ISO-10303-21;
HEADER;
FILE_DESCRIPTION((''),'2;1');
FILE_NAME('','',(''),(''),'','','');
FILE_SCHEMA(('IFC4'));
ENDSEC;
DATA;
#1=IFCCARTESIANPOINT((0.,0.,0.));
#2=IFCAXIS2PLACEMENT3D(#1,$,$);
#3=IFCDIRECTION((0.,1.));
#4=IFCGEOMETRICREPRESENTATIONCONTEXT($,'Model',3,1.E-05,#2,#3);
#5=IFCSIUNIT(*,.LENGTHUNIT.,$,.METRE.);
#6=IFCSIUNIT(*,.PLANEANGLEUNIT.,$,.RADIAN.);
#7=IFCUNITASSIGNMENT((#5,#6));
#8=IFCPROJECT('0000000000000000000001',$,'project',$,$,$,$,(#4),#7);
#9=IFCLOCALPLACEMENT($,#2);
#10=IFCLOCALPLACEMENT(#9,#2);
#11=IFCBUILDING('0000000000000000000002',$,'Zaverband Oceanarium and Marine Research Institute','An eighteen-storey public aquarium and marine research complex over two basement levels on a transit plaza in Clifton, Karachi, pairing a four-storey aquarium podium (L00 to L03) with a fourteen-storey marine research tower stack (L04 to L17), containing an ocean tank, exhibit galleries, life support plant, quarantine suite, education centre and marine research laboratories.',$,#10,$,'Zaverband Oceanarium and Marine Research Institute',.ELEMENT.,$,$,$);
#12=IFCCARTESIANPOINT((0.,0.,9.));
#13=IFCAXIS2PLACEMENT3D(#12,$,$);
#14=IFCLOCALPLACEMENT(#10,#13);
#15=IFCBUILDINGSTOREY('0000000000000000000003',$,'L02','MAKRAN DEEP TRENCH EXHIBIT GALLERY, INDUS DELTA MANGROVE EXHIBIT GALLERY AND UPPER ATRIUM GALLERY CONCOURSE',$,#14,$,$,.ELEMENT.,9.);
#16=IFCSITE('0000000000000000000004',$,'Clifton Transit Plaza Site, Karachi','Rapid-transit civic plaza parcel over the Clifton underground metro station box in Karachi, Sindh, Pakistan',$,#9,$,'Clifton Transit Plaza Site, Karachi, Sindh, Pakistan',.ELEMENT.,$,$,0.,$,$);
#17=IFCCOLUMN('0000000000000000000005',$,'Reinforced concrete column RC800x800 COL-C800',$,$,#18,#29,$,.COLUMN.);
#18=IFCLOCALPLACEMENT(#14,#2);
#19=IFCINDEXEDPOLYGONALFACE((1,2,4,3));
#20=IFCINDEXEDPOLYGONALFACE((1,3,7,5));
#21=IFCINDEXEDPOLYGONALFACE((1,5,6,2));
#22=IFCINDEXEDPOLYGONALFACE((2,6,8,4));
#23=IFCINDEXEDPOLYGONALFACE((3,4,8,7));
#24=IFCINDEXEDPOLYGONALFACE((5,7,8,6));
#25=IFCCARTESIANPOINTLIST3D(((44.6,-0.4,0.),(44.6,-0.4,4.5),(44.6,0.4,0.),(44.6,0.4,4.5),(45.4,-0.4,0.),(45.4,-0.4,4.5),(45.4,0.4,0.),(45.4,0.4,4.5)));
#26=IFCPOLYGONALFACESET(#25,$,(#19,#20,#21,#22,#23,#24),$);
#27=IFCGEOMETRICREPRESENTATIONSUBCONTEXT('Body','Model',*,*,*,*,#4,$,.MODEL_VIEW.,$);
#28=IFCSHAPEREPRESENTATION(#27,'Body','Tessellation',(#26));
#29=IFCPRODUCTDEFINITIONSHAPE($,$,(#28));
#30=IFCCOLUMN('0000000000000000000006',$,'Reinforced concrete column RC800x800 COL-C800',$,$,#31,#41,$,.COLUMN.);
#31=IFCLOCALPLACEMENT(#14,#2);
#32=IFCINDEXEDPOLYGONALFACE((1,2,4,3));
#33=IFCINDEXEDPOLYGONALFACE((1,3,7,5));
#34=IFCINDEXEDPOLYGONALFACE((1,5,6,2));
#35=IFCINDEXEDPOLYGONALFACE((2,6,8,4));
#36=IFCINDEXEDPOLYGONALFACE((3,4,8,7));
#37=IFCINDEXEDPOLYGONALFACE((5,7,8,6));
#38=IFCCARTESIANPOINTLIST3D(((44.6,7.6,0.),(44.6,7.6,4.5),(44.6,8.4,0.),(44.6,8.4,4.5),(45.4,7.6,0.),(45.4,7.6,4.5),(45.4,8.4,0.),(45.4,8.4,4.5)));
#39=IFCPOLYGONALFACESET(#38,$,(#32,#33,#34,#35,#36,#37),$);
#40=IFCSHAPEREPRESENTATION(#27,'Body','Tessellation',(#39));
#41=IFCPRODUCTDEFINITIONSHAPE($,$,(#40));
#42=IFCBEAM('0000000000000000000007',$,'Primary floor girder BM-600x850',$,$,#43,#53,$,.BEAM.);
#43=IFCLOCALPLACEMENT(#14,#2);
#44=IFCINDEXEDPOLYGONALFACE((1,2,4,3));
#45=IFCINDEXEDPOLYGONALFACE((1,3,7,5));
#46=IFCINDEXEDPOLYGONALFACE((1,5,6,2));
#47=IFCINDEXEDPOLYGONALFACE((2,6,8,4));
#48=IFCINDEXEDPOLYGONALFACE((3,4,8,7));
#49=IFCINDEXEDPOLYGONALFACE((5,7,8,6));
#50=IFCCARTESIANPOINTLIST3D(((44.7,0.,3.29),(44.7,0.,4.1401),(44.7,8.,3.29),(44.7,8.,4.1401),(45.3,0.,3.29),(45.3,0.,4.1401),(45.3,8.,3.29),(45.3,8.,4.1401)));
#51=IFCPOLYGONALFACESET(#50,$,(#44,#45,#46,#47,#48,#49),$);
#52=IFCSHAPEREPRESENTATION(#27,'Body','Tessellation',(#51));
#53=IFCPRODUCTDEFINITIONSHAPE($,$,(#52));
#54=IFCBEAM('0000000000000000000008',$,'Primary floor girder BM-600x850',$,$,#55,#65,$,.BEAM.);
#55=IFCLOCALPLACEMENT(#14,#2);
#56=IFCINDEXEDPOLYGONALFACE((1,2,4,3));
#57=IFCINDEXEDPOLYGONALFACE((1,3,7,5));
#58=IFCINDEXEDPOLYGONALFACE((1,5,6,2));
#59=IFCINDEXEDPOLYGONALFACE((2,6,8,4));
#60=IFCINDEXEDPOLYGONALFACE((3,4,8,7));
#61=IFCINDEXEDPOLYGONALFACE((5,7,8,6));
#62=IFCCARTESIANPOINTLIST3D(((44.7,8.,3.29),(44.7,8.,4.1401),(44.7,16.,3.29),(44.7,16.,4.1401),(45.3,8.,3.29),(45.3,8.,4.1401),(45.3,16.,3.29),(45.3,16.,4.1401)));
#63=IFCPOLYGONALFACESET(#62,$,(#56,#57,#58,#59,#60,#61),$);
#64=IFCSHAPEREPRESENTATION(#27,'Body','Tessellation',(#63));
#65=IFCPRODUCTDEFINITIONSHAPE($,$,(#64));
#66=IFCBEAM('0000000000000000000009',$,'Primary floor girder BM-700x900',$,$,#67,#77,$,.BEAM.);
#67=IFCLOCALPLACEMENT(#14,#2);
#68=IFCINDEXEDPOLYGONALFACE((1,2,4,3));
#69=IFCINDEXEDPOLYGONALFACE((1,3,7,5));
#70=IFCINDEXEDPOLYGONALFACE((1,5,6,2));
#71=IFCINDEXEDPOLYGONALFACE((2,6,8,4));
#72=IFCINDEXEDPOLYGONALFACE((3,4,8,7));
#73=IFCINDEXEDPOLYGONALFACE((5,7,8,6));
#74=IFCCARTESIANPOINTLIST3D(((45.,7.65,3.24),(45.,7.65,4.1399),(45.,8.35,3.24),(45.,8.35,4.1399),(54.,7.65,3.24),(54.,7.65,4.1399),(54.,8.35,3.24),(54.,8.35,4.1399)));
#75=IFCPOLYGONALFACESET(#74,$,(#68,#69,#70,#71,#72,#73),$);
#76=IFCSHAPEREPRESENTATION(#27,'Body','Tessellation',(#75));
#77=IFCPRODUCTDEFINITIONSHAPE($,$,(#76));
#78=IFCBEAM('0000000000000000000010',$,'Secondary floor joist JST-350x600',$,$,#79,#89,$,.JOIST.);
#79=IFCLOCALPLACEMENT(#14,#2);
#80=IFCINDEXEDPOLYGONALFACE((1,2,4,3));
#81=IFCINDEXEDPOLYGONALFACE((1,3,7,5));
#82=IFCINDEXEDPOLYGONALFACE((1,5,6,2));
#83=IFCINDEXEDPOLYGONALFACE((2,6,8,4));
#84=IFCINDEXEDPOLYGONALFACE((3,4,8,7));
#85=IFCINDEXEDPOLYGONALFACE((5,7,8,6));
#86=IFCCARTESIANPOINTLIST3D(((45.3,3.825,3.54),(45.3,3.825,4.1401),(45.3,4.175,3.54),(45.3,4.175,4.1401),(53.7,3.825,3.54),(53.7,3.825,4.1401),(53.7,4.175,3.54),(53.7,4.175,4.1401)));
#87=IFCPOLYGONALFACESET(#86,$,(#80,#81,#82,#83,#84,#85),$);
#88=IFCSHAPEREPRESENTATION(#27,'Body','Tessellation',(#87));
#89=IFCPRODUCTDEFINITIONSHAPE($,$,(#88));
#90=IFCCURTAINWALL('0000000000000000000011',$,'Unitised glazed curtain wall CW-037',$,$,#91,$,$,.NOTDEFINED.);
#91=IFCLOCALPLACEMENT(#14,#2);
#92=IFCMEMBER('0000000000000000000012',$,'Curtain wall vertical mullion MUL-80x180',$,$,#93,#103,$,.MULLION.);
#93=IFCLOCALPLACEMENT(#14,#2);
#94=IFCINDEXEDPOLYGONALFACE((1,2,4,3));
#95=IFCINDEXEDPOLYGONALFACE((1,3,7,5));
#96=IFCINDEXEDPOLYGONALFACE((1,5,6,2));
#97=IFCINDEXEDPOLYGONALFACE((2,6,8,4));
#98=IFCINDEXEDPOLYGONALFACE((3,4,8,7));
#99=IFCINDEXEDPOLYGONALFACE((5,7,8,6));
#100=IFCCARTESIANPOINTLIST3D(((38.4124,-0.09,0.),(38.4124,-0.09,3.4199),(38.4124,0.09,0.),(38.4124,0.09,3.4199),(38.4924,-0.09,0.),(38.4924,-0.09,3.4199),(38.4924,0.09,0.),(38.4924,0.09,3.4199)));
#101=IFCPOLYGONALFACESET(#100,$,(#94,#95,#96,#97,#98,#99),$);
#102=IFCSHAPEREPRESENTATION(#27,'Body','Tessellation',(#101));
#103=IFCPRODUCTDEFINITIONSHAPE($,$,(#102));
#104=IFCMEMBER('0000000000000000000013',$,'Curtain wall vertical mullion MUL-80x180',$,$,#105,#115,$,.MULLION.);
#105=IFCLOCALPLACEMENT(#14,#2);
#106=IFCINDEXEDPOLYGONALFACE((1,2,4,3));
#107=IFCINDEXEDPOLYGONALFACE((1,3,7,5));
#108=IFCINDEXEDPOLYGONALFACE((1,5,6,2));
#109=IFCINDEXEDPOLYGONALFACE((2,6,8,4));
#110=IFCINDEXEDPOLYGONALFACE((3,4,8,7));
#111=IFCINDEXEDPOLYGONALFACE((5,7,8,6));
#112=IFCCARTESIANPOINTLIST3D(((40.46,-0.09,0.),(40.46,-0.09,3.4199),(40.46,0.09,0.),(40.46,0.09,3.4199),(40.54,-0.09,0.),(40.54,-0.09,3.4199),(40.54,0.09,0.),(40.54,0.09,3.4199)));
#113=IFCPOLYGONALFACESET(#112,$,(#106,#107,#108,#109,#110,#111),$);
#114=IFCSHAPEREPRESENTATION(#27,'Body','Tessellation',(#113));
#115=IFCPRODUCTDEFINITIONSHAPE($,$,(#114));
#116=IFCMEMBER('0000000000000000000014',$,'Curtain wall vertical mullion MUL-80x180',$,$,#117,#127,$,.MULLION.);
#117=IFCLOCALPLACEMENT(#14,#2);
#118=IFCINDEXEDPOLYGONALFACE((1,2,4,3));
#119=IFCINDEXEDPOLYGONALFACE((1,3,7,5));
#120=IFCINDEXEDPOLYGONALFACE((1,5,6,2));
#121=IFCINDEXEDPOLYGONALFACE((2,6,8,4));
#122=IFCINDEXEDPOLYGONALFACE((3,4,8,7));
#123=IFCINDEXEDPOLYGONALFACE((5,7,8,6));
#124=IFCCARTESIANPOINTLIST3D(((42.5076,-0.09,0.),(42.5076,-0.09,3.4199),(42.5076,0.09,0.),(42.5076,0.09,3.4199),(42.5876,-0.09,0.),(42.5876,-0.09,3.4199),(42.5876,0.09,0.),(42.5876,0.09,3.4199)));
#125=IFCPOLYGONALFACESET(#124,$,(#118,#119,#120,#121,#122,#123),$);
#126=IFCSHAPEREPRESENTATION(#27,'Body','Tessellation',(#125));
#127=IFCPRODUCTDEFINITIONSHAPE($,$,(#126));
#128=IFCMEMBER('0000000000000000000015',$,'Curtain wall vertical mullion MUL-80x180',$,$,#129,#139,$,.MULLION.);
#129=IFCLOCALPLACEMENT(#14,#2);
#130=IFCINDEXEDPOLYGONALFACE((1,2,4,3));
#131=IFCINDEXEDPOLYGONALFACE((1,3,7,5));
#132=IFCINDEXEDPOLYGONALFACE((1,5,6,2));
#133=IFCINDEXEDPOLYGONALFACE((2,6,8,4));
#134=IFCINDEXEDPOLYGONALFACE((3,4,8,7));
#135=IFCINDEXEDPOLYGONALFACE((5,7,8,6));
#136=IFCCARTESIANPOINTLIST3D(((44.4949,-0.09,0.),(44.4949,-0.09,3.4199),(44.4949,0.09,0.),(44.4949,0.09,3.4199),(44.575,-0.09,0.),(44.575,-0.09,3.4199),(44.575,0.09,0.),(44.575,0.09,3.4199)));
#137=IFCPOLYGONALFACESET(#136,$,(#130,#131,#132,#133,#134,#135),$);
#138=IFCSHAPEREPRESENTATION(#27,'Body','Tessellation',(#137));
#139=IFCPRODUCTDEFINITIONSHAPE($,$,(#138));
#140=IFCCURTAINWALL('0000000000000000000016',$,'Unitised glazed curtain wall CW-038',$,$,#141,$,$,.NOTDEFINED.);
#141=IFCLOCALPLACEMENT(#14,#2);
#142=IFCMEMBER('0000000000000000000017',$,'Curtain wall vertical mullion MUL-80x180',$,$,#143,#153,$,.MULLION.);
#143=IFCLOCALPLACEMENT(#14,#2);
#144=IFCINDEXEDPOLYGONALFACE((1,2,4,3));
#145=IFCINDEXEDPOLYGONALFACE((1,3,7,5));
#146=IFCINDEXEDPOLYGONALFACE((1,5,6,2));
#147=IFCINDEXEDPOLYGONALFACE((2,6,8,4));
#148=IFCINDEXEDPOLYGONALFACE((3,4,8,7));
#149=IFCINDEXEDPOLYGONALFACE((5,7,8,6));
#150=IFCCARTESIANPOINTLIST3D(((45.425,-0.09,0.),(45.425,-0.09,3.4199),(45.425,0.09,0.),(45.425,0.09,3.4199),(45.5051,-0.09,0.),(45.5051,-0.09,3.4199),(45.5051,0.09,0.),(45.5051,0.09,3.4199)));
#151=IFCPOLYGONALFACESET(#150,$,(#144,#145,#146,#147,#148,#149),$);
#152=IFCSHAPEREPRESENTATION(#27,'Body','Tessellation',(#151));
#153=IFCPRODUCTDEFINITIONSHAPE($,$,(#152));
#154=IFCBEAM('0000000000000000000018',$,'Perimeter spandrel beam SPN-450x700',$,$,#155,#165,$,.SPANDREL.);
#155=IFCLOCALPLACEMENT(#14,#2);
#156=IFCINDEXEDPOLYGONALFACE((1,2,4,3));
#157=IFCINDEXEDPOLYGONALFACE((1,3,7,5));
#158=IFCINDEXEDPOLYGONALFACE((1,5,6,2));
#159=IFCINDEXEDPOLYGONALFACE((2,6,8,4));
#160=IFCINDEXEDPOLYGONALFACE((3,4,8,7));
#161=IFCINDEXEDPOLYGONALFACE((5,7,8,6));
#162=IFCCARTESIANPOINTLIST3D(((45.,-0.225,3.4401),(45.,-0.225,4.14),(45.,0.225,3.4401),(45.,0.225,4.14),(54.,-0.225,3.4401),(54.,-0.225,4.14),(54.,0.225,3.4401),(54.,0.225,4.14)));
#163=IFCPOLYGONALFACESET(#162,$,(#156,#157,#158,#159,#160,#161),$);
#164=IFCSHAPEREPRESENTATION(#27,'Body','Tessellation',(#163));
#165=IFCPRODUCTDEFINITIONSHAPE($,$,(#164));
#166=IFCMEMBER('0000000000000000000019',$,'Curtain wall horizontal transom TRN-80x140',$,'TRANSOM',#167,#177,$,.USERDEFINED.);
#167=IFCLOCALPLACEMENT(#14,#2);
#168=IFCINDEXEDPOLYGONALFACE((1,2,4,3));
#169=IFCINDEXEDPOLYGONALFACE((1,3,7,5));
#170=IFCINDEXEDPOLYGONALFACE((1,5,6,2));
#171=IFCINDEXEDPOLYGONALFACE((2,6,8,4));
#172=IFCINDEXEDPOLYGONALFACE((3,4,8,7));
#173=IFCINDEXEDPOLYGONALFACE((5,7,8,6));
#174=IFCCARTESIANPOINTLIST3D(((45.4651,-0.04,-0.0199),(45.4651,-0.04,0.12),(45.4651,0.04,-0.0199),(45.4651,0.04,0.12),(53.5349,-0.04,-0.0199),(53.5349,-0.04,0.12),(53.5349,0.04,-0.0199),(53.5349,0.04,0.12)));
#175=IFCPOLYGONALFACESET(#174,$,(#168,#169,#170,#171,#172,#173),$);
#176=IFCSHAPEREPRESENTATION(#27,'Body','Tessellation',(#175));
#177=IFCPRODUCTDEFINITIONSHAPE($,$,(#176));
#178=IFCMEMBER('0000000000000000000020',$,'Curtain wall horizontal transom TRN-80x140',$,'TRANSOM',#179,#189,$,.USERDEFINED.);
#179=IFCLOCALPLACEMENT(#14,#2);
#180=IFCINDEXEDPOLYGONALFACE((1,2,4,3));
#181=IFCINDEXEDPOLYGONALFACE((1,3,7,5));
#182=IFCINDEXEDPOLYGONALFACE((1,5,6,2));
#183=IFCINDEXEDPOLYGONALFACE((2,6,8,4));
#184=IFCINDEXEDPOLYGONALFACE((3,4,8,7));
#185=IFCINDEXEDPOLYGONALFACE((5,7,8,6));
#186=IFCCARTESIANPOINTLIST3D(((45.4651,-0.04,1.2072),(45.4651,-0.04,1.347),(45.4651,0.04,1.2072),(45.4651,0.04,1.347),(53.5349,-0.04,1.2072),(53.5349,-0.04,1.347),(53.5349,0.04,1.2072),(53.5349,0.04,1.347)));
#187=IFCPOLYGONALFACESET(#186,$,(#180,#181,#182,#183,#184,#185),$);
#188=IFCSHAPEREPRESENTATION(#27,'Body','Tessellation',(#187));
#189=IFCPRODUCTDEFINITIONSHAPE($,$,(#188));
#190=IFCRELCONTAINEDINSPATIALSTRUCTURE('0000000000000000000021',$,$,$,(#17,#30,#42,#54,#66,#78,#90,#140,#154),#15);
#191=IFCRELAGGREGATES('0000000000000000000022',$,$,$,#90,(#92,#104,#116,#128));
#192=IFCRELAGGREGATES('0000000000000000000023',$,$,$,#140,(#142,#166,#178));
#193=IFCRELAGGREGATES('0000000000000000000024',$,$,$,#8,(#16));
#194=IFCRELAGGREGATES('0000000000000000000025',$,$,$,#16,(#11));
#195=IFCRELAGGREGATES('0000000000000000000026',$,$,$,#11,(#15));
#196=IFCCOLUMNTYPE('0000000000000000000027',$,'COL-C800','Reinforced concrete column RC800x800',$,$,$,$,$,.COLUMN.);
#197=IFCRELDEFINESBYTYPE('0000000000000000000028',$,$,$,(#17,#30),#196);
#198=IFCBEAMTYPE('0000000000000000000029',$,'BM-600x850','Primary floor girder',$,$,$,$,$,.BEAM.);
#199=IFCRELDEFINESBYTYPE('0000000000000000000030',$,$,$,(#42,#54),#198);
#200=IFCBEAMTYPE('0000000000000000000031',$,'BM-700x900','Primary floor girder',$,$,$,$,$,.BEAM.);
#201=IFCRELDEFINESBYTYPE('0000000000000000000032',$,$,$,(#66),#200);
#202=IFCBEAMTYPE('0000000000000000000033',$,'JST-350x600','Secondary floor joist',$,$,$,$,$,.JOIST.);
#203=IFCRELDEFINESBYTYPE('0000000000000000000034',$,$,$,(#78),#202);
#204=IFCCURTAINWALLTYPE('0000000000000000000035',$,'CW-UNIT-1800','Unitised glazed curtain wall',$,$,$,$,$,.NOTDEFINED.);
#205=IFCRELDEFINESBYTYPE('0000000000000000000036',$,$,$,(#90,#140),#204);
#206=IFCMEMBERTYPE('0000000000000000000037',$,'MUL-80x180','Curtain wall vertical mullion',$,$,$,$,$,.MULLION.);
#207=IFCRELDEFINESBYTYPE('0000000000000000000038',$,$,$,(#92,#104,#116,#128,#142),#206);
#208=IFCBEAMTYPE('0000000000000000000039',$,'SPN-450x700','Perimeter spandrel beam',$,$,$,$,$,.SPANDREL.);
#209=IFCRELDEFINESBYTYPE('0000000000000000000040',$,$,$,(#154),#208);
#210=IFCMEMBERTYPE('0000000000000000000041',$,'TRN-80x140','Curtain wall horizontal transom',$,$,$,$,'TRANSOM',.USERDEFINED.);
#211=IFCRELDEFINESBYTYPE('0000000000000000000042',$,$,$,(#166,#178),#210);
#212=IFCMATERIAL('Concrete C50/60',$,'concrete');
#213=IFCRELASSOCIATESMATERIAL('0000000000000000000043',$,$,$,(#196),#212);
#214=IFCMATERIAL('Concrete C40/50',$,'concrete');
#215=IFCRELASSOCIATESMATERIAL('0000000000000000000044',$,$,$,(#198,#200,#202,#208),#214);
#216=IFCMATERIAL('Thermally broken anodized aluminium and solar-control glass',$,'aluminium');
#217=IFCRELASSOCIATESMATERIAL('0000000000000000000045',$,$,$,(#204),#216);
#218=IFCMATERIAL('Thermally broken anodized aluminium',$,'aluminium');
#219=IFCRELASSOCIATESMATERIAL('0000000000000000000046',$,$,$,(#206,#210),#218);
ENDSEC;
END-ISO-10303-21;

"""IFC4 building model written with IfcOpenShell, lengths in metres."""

from ifc_helpers import new_model, si_unit, direction, frame, origin, origin_2d, place, context, subcontext, project, spatial, rectangle, extrude, material, material_profile, profile_set, type_object, element, aggregate, save


model = new_model("IFC4")

# Units and contexts
model_context = context("Model", 3, precision=1e-05, world=origin(), true_north=direction((0.0, 1.0)))
body_context = subcontext(model_context, "Body", "Model", "MODEL_VIEW")
ifc_project = project(units=[si_unit("LENGTHUNIT", "METRE"), si_unit("PLANEANGLEUNIT", "RADIAN")], contexts=[model_context])

# Site, building, storey
site_placement = place(None, origin())
site = spatial("IfcSite", under=ifc_project, at=site_placement, Name="Clifton Transit Plaza Site, Karachi", Description="Rapid-transit civic plaza parcel over the Clifton underground metro station box in Karachi, Sindh, Pakistan", LongName="Clifton Transit Plaza Site, Karachi, Sindh, Pakistan", CompositionType="ELEMENT", RefElevation=0.0)
building_placement = place(site_placement, origin())
building = spatial("IfcBuilding", under=site, at=building_placement, Name="Zaverband Oceanarium and Marine Research Institute", Description="An eighteen-storey public aquarium and marine research complex over two basement levels on a transit plaza in Clifton, Karachi, pairing a four-storey aquarium podium (L00 to L03) with a fourteen-storey marine research tower stack (L04 to L17), containing an ocean tank, exhibit galleries, life support plant, quarantine suite, education centre and marine research laboratories.", LongName="Zaverband Oceanarium and Marine Research Institute", CompositionType="ELEMENT")
storey_placement = place(building_placement, frame((0.0, 0.0, 9.0)))
storey = spatial("IfcBuildingStorey", under=building, at=storey_placement, Name="L02", Description="MAKRAN DEEP TRENCH EXHIBIT GALLERY, INDUS DELTA MANGROVE EXHIBIT GALLERY AND UPPER ATRIUM GALLERY CONCOURSE", CompositionType="ELEMENT", Elevation=9.0)

# Columns
ifc_material_1 = material(Name="Concrete C50/60", Category="concrete")
ifc_material_profile_1 = material_profile(ifc_material_1, rectangle(XDim=0.8, YDim=0.8, at=origin_2d()), Name="RC800x800")
ifc_profile_set_1 = profile_set([ifc_material_profile_1], Name="Concrete C50/60")
column_type = type_object("IfcColumnType", Name="COL-C800", Description="Reinforced concrete column RC800x800", PredefinedType="COLUMN", material=ifc_profile_set_1)
for number, where, z_axis, x_axis, name in (
    (1, (45.0, 0.0, 0.0), (0.0, 0.0, 1.0), (1.0, 0.0, 0.0), "Reinforced concrete column RC800x800 COL-C800"),
    (2, (45.0, 8.0, 0.0), (0.0, 0.0, 1.0), (1.0, 0.0, 0.0), "Reinforced concrete column RC800x800 COL-C800"),
):
    element("IfcColumn", number, at=place(storey_placement, frame(where, z_axis=z_axis, x_axis=x_axis)), inside=storey, type_object=column_type, Name=name, PredefinedType="COLUMN", context=body_context, shape_type="SweptSolid", body=[
        extrude(rectangle(XDim=0.8, YDim=0.8, at=origin_2d()), origin(), (0.0, 0.0, 1.0), 4.5),
    ])

# Beams
ifc_material_2 = material(Name="Concrete C40/50", Category="concrete")
ifc_material_profile_2 = material_profile(ifc_material_2, rectangle(XDim=0.6001, YDim=0.8501, at=origin_2d()), Name="RC600x850")
ifc_profile_set_2 = profile_set([ifc_material_profile_2], Name="Concrete C40/50")
beam_type_1 = type_object("IfcBeamType", Name="BM-600x850", Description="Primary floor girder", PredefinedType="BEAM", material=ifc_profile_set_2)
for number, where, z_axis, x_axis, name in (
    (3, (45.0, 0.0, 3.7151), (0.0, 1.0, 0.0), (-1.0, 0.0, 0.0), "Primary floor girder BM-600x850"),
    (4, (45.0, 8.0, 3.7151), (0.0, 1.0, 0.0), (-1.0, 0.0, 0.0), "Primary floor girder BM-600x850"),
):
    element("IfcBeam", number, at=place(storey_placement, frame(where, z_axis=z_axis, x_axis=x_axis)), inside=storey, type_object=beam_type_1, Name=name, PredefinedType="BEAM", context=body_context, shape_type="SweptSolid", body=[
        extrude(rectangle(XDim=0.6001, YDim=0.8501, at=origin_2d()), origin(), (0.0, 0.0, 1.0), 8.0),
    ])
ifc_material_profile_3 = material_profile(ifc_material_2, rectangle(XDim=0.7, YDim=0.8999, at=origin_2d()), Name="RC700x900")
ifc_profile_set_3 = profile_set([ifc_material_profile_3], Name="Concrete C40/50")
beam_type_2 = type_object("IfcBeamType", Name="BM-700x900", Description="Primary floor girder", PredefinedType="BEAM", material=ifc_profile_set_3)
beam_1_placement = place(storey_placement, frame((45.0, 8.0, 3.6899), z_axis=(1.0, 0.0, 0.0), x_axis=(0.0, 1.0, 0.0)))
element("IfcBeam", 5, at=beam_1_placement, inside=storey, type_object=beam_type_2, Name="Primary floor girder BM-700x900", PredefinedType="BEAM", context=body_context, shape_type="SweptSolid", body=[
    extrude(rectangle(XDim=0.7, YDim=0.8999, at=origin_2d()), origin(), (0.0, 0.0, 1.0), 9.0),
])
ifc_material_profile_4 = material_profile(ifc_material_2, rectangle(XDim=0.3501, YDim=0.6001, at=origin_2d()), Name="RC350x600")
ifc_profile_set_4 = profile_set([ifc_material_profile_4], Name="Concrete C40/50")
beam_type_3 = type_object("IfcBeamType", Name="JST-350x600", Description="Secondary floor joist", PredefinedType="JOIST", material=ifc_profile_set_4)
beam_2_placement = place(storey_placement, frame((45.3, 4.0, 3.8401), z_axis=(1.0, 0.0, 0.0), x_axis=(0.0, 1.0, 0.0)))
element("IfcBeam", 6, at=beam_2_placement, inside=storey, type_object=beam_type_3, Name="Secondary floor joist JST-350x600", PredefinedType="JOIST", context=body_context, shape_type="SweptSolid", body=[
    extrude(rectangle(XDim=0.3501, YDim=0.6001, at=origin_2d()), origin(), (0.0, 0.0, 1.0), 8.3999),
])

# Curtain wall, members
ifc_material_3 = material(Name="Thermally broken anodized aluminium and solar-control glass", Category="aluminium")
curtain_wall_type = type_object("IfcCurtainWallType", Name="CW-UNIT-1800", Description="Unitised glazed curtain wall", PredefinedType="NOTDEFINED", material=ifc_material_3)
curtain_wall_1_placement = place(storey_placement, origin())
curtain_wall_1 = element("IfcCurtainWall", 7, at=curtain_wall_1_placement, inside=storey, type_object=curtain_wall_type, Name="Unitised glazed curtain wall CW-037", PredefinedType="NOTDEFINED")
ifc_material_4 = material(Name="Thermally broken anodized aluminium", Category="aluminium")
ifc_material_profile_5 = material_profile(ifc_material_4, rectangle(XDim=0.0801, YDim=0.1799, at=origin_2d()), Name="AL-MUL-80x180")
ifc_profile_set_5 = profile_set([ifc_material_profile_5], Name="Thermally broken anodized aluminium")
member_type_1 = type_object("IfcMemberType", Name="MUL-80x180", Description="Curtain wall vertical mullion", PredefinedType="MULLION", material=ifc_profile_set_5)
member_1_placement = place(storey_placement, frame((38.4524, 0.0, 0.0), z_axis=(0.0, 0.0, 1.0), x_axis=(1.0, 0.0, 0.0)))
member_1 = element("IfcMember", 8, at=member_1_placement, type_object=member_type_1, Name="Curtain wall vertical mullion MUL-80x180", PredefinedType="MULLION", context=body_context, shape_type="SweptSolid", body=[
    extrude(rectangle(XDim=0.0801, YDim=0.1799, at=origin_2d()), origin(), (0.0, 0.0, 1.0), 3.4199),
])
member_2_placement = place(storey_placement, frame((40.5, 0.0, 0.0), z_axis=(0.0, 0.0, 1.0), x_axis=(1.0, 0.0, 0.0)))
member_2 = element("IfcMember", 9, at=member_2_placement, type_object=member_type_1, Name="Curtain wall vertical mullion MUL-80x180", PredefinedType="MULLION", context=body_context, shape_type="SweptSolid", body=[
    extrude(rectangle(XDim=0.0801, YDim=0.1799, at=origin_2d()), origin(), (0.0, 0.0, 1.0), 3.4199),
])
member_3_placement = place(storey_placement, frame((42.5476, 0.0, 0.0), z_axis=(0.0, 0.0, 1.0), x_axis=(1.0, 0.0, 0.0)))
member_3 = element("IfcMember", 10, at=member_3_placement, type_object=member_type_1, Name="Curtain wall vertical mullion MUL-80x180", PredefinedType="MULLION", context=body_context, shape_type="SweptSolid", body=[
    extrude(rectangle(XDim=0.0801, YDim=0.1799, at=origin_2d()), origin(), (0.0, 0.0, 1.0), 3.4199),
])
member_4_placement = place(storey_placement, frame((44.5349, 0.0, 0.0), z_axis=(0.0, 0.0, 1.0), x_axis=(1.0, 0.0, 0.0)))
member_4 = element("IfcMember", 11, at=member_4_placement, type_object=member_type_1, Name="Curtain wall vertical mullion MUL-80x180", PredefinedType="MULLION", context=body_context, shape_type="SweptSolid", body=[
    extrude(rectangle(XDim=0.0801, YDim=0.1799, at=origin_2d()), origin(), (0.0, 0.0, 1.0), 3.4199),
])

# Curtain wall, member
curtain_wall_2_placement = place(storey_placement, origin())
curtain_wall_2 = element("IfcCurtainWall", 12, at=curtain_wall_2_placement, inside=storey, type_object=curtain_wall_type, Name="Unitised glazed curtain wall CW-038", PredefinedType="NOTDEFINED")
member_5_placement = place(storey_placement, frame((45.4651, 0.0, 0.0), z_axis=(0.0, 0.0, 1.0), x_axis=(1.0, 0.0, 0.0)))
member_5 = element("IfcMember", 13, at=member_5_placement, type_object=member_type_1, Name="Curtain wall vertical mullion MUL-80x180", PredefinedType="MULLION", context=body_context, shape_type="SweptSolid", body=[
    extrude(rectangle(XDim=0.0801, YDim=0.1799, at=origin_2d()), origin(), (0.0, 0.0, 1.0), 3.4199),
])

# Beam
ifc_material_profile_6 = material_profile(ifc_material_2, rectangle(XDim=0.45, YDim=0.7, at=origin_2d()), Name="RC450x700")
ifc_profile_set_6 = profile_set([ifc_material_profile_6], Name="Concrete C40/50")
beam_type_4 = type_object("IfcBeamType", Name="SPN-450x700", Description="Perimeter spandrel beam", PredefinedType="SPANDREL", material=ifc_profile_set_6)
beam_3_placement = place(storey_placement, frame((45.0, 0.0, 3.79), z_axis=(1.0, 0.0, 0.0), x_axis=(0.0, 1.0, 0.0)))
element("IfcBeam", 14, at=beam_3_placement, inside=storey, type_object=beam_type_4, Name="Perimeter spandrel beam SPN-450x700", PredefinedType="SPANDREL", context=body_context, shape_type="SweptSolid", body=[
    extrude(rectangle(XDim=0.45, YDim=0.7, at=origin_2d()), origin(), (0.0, 0.0, 1.0), 9.0),
])

# Members
ifc_material_profile_7 = material_profile(ifc_material_4, rectangle(XDim=0.0801, YDim=0.1399, at=origin_2d()), Name="AL-TRN-80x140")
ifc_profile_set_7 = profile_set([ifc_material_profile_7], Name="Thermally broken anodized aluminium")
member_type_2 = type_object("IfcMemberType", Name="TRN-80x140", Description="Curtain wall horizontal transom", ElementType="TRANSOM", PredefinedType="USERDEFINED", material=ifc_profile_set_7)
member_6_placement = place(storey_placement, frame((45.4651, 0.0, 0.05), z_axis=(1.0, 0.0, 0.0), x_axis=(0.0, 1.0, 0.0)))
member_6 = element("IfcMember", 15, at=member_6_placement, type_object=member_type_2, Name="Curtain wall horizontal transom TRN-80x140", ObjectType="TRANSOM", PredefinedType="USERDEFINED", context=body_context, shape_type="SweptSolid", body=[
    extrude(rectangle(XDim=0.0801, YDim=0.1399, at=origin_2d()), origin(), (0.0, 0.0, 1.0), 8.0698),
])
member_7_placement = place(storey_placement, frame((45.4651, 0.0, 1.2771), z_axis=(1.0, 0.0, 0.0), x_axis=(0.0, 1.0, 0.0)))
member_7 = element("IfcMember", 16, at=member_7_placement, type_object=member_type_2, Name="Curtain wall horizontal transom TRN-80x140", ObjectType="TRANSOM", PredefinedType="USERDEFINED", context=body_context, shape_type="SweptSolid", body=[
    extrude(rectangle(XDim=0.0801, YDim=0.1399, at=origin_2d()), origin(), (0.0, 0.0, 1.0), 8.0698),
])

aggregate(curtain_wall_1, [member_1, member_2, member_3, member_4])
aggregate(curtain_wall_2, [member_5, member_6, member_7])

save(model, "model.ifc")
